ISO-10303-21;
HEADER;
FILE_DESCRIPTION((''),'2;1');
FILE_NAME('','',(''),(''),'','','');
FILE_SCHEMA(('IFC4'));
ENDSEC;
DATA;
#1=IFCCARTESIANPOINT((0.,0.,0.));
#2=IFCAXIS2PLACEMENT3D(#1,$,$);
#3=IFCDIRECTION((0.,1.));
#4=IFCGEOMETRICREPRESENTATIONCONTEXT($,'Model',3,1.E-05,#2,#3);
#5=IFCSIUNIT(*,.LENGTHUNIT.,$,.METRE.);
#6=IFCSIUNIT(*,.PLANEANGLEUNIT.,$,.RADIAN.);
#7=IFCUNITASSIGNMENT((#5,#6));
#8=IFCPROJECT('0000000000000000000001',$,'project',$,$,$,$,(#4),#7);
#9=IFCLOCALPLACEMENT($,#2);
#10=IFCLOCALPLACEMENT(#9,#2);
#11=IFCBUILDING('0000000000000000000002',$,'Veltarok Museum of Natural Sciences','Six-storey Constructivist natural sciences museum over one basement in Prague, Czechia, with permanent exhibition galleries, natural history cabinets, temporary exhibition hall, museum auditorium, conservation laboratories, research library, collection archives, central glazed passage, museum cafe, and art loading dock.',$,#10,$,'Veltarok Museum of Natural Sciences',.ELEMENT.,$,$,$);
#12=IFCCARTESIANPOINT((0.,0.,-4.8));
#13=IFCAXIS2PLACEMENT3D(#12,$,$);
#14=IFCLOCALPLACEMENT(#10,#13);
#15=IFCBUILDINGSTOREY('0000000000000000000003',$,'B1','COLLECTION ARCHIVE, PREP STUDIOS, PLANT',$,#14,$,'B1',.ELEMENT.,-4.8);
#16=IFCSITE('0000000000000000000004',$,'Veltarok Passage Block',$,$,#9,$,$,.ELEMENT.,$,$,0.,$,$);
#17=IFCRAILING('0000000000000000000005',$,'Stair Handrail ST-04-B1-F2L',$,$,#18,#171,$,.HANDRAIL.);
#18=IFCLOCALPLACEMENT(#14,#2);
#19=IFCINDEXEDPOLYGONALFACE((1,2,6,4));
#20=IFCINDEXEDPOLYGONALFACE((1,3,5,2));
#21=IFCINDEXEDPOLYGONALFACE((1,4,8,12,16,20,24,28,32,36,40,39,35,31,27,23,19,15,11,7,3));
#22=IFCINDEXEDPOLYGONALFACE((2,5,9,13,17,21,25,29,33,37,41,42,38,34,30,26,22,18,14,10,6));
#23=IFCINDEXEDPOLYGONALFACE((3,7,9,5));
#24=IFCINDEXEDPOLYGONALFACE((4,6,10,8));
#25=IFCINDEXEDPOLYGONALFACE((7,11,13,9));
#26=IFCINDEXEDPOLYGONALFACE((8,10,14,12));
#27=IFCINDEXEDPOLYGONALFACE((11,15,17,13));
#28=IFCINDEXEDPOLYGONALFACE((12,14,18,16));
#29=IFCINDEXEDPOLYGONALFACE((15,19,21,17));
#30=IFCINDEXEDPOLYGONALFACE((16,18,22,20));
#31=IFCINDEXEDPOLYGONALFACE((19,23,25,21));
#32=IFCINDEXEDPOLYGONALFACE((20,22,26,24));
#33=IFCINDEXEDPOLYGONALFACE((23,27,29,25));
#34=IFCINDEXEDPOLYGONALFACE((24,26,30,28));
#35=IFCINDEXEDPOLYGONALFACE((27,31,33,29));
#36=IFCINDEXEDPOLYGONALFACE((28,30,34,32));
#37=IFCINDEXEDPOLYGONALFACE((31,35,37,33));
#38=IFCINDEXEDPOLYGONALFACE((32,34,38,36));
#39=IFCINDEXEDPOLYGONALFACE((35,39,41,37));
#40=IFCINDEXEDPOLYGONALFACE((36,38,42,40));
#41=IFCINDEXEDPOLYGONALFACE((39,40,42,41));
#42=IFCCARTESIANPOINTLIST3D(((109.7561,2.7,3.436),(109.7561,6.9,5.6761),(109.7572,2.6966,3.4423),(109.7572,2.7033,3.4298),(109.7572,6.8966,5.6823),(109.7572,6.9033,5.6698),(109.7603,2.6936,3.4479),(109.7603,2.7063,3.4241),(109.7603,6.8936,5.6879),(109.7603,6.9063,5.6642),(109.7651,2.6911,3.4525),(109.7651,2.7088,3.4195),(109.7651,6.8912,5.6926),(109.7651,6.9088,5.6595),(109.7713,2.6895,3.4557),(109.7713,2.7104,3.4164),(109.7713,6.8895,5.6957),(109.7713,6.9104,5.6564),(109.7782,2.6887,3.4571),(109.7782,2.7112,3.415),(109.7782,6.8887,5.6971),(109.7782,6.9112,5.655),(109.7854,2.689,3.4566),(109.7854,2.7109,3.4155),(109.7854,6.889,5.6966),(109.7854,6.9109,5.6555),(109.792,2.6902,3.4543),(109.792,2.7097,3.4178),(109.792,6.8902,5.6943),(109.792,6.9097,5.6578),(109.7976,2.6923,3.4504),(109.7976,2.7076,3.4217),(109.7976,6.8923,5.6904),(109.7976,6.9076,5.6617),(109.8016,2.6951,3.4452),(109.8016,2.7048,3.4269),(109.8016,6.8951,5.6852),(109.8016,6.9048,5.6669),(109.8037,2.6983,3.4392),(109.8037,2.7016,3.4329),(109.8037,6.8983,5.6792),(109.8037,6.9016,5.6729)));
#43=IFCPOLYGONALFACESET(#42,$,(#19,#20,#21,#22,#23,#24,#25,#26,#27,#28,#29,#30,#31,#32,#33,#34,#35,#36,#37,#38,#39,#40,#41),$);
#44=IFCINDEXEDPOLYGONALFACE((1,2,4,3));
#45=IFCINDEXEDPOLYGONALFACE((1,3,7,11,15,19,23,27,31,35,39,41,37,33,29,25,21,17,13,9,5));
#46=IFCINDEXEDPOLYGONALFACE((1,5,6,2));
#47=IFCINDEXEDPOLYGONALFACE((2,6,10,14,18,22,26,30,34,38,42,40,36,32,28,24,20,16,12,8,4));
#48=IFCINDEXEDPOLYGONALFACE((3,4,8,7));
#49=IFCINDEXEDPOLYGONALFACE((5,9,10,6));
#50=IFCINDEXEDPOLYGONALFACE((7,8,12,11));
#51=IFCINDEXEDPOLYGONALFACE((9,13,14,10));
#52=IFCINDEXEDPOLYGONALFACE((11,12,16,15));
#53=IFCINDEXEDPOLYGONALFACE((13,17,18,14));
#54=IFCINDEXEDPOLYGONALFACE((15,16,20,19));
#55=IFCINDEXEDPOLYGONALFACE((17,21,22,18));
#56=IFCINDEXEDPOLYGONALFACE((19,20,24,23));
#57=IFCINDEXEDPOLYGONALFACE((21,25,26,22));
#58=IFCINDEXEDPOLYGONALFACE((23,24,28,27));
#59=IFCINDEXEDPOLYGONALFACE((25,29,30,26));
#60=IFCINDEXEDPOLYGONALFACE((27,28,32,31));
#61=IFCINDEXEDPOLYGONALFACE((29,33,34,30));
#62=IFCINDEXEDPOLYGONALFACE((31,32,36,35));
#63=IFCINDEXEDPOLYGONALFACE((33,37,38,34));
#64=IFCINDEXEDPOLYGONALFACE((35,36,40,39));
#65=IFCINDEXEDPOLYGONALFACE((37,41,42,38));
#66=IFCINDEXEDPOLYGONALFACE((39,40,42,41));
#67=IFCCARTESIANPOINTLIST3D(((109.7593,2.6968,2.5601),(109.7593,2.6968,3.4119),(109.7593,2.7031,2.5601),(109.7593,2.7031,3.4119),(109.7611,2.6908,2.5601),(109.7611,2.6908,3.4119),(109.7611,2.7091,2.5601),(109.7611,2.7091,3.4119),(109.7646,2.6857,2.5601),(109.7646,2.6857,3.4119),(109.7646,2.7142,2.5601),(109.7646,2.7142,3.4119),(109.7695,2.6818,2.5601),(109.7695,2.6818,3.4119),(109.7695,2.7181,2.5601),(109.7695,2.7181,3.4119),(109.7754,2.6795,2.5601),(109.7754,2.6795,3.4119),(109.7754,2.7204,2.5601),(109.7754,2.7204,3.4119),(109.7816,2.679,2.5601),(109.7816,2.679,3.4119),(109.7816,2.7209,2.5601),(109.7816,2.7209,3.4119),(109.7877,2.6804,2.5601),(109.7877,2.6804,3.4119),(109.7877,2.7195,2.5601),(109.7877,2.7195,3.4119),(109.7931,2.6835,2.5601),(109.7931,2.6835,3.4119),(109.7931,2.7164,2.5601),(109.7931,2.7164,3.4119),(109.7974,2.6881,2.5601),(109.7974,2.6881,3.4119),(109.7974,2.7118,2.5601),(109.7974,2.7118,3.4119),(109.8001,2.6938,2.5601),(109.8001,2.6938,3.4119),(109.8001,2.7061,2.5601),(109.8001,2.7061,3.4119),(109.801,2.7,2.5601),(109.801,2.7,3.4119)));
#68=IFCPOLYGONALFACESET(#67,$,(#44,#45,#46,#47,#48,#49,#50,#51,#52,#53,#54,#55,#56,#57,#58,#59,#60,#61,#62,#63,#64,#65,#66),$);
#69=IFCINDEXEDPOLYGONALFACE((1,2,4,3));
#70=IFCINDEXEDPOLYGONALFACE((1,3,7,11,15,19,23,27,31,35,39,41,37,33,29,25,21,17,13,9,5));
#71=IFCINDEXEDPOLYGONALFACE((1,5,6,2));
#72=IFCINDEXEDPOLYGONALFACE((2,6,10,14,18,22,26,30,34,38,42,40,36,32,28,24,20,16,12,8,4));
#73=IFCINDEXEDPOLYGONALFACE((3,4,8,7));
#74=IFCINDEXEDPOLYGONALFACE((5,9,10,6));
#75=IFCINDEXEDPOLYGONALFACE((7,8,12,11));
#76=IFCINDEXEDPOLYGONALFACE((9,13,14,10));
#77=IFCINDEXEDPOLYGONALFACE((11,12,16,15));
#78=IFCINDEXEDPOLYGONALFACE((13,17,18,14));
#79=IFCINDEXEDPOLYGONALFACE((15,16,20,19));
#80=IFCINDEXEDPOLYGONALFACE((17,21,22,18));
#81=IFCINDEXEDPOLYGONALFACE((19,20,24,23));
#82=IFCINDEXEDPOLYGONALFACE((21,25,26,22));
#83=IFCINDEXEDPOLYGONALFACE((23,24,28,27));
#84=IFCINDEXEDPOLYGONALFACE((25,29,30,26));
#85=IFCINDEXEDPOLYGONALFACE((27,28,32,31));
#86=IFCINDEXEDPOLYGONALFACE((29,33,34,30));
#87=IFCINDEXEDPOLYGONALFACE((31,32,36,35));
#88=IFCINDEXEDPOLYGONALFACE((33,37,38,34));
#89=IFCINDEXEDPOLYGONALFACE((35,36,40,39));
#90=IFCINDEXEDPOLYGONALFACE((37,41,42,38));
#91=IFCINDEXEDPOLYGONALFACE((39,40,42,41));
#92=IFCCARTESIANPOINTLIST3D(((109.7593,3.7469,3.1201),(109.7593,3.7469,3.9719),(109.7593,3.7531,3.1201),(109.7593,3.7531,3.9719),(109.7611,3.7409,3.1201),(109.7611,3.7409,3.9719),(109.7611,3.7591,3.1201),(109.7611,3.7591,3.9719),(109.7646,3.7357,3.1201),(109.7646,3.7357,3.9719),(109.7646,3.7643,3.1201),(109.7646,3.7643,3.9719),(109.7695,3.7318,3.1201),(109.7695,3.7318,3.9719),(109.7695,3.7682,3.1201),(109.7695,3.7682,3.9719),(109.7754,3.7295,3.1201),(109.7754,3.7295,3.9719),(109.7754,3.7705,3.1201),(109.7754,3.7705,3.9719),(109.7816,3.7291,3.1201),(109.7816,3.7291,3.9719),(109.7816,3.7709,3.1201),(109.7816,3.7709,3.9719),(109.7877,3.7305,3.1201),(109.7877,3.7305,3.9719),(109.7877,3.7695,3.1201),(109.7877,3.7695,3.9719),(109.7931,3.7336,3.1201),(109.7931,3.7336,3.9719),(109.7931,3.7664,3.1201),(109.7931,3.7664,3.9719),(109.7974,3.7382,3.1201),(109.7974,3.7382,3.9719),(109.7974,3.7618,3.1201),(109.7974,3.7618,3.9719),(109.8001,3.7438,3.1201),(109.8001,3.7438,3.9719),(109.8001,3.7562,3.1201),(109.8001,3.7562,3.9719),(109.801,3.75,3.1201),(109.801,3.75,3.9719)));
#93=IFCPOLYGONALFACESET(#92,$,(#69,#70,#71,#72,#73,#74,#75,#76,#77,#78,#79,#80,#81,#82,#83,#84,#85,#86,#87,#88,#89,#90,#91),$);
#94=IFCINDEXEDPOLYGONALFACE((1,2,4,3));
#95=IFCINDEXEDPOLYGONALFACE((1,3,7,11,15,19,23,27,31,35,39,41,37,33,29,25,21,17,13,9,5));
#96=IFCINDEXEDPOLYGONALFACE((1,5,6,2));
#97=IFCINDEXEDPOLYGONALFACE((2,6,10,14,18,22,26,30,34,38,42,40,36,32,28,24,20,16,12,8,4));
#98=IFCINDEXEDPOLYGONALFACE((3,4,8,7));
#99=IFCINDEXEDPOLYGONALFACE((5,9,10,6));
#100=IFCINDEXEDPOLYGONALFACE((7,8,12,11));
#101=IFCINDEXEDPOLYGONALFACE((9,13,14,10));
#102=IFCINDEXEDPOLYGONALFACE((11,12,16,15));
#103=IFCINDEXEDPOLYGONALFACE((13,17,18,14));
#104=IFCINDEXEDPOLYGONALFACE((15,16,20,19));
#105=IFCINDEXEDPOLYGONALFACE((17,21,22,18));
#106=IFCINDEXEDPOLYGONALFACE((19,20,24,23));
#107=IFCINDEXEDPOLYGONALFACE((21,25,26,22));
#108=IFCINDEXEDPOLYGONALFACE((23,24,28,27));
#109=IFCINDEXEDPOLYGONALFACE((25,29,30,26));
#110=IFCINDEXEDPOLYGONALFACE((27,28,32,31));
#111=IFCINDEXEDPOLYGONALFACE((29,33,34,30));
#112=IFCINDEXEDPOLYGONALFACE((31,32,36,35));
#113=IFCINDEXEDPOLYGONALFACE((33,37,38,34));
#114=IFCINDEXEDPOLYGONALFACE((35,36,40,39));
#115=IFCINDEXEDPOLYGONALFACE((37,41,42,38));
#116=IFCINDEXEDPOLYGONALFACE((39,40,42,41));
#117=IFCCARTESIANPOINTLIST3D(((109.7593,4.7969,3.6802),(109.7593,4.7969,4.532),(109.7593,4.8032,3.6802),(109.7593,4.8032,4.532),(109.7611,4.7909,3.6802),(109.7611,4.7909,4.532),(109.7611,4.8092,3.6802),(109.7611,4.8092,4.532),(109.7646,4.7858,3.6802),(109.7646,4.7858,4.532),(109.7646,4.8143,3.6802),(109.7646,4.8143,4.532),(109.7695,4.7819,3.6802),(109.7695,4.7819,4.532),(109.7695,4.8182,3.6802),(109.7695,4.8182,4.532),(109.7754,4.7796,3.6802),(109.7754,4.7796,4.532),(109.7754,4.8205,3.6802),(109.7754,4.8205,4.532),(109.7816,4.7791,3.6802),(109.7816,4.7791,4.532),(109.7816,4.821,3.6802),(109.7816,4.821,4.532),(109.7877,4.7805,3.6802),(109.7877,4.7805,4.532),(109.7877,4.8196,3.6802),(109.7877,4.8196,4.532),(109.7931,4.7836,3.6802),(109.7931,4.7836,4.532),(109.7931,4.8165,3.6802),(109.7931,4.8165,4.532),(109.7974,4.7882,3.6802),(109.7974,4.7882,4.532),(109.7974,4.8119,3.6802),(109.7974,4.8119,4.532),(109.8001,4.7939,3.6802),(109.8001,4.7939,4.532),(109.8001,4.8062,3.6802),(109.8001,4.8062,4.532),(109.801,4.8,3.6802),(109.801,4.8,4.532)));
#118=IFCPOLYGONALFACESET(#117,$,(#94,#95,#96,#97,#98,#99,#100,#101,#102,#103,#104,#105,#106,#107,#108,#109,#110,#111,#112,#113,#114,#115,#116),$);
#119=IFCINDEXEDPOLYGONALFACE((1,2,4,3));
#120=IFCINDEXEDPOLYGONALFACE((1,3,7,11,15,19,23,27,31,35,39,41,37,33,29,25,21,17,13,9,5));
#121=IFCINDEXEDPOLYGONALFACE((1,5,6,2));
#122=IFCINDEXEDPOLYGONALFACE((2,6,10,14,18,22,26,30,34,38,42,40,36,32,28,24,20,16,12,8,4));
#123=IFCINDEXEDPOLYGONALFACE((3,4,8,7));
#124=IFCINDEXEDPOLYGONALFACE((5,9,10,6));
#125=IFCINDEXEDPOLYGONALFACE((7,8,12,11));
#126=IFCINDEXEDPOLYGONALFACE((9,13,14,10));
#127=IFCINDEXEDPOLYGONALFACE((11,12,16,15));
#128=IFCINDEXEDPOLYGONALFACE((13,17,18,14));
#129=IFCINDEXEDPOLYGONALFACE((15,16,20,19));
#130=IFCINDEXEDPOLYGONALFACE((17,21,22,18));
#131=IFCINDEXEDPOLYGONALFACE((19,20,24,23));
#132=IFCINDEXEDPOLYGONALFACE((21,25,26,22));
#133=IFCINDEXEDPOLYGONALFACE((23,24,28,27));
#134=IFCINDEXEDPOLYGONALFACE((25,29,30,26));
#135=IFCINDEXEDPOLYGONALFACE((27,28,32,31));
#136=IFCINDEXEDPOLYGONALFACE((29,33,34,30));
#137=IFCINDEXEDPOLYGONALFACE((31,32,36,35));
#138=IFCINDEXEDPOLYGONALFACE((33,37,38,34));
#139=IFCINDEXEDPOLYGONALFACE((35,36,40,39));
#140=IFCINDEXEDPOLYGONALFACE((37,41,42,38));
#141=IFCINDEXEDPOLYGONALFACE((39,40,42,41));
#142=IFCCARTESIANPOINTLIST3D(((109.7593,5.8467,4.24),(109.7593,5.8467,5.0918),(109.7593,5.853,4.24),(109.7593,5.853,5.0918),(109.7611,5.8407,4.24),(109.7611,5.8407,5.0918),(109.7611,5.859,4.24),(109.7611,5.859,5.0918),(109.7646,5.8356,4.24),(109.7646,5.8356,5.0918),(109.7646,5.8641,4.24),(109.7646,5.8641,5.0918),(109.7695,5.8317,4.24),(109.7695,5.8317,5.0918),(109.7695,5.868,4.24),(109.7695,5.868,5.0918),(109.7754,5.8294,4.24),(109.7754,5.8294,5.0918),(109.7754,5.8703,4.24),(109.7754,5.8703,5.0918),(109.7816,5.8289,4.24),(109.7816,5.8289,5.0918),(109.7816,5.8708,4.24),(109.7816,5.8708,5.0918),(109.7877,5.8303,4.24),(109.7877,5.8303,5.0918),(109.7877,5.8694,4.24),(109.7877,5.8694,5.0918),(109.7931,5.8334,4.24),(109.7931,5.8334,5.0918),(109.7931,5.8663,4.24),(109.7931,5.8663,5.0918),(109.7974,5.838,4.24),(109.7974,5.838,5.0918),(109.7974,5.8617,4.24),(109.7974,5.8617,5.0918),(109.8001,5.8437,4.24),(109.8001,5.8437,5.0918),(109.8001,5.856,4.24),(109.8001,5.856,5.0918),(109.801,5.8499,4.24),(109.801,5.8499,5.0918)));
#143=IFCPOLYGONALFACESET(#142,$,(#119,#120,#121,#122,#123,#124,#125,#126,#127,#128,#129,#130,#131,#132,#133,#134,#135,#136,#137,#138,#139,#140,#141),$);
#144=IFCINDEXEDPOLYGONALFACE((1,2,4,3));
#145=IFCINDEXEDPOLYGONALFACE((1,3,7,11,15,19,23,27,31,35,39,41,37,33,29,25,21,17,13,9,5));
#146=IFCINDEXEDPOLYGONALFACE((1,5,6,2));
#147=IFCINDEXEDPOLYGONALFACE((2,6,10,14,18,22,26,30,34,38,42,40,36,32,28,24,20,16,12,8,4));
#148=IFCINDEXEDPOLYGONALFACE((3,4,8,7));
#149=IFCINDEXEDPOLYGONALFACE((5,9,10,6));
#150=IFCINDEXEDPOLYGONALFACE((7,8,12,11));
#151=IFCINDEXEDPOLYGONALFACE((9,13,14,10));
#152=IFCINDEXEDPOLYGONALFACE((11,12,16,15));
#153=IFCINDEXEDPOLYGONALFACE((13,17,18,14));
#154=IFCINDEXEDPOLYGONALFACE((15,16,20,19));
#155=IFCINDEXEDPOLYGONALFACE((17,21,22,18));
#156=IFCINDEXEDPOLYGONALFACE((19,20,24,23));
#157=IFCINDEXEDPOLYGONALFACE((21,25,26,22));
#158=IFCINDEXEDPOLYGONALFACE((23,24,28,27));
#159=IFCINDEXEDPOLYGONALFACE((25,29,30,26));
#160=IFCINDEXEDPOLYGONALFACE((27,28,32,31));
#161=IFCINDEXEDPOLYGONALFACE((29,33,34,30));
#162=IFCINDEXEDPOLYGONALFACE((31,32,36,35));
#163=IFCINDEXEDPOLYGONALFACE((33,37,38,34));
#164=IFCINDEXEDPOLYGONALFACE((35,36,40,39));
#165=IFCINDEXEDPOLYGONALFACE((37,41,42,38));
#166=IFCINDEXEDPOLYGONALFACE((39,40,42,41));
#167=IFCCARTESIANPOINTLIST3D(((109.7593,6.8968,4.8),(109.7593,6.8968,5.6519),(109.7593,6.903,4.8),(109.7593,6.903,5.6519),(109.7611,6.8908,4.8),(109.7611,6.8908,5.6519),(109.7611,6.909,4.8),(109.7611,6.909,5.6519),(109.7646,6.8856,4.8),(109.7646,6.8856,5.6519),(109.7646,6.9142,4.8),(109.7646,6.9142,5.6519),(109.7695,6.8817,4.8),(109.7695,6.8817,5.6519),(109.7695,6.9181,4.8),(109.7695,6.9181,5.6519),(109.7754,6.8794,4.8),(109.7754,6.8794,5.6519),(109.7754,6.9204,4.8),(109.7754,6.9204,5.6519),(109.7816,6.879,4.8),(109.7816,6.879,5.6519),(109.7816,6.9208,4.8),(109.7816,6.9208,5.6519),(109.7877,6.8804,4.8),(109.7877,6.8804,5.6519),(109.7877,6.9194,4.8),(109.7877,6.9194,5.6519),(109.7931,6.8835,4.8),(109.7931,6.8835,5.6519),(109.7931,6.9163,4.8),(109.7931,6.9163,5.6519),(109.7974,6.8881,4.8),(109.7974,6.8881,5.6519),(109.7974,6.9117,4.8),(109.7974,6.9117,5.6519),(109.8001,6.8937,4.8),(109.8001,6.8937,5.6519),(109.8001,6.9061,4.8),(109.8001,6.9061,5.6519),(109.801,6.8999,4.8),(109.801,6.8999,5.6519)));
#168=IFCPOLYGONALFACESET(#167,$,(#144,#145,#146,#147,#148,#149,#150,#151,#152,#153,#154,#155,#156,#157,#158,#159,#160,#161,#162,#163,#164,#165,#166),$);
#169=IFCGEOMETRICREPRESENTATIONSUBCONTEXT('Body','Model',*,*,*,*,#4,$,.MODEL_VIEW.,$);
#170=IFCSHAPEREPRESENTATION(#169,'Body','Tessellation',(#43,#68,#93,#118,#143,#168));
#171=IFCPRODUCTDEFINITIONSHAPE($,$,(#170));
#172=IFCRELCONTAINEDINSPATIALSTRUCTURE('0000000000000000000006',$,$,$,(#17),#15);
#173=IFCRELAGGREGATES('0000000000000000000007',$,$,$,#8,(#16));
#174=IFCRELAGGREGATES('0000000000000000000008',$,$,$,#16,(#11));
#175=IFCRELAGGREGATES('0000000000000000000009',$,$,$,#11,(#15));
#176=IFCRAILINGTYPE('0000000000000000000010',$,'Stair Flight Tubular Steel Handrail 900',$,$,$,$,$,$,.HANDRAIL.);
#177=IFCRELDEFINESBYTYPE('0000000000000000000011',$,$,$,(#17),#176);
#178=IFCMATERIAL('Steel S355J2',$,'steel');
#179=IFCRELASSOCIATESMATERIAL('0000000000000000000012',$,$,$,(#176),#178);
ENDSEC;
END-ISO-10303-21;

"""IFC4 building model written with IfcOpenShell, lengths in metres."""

from ifc_helpers import new_model, si_unit, direction, frame, origin, origin_2d, place, context, subcontext, project, spatial, circle, extrude, material, type_object, element, save


model = new_model("IFC4")

# Units and contexts
model_context = context("Model", 3, precision=1e-05, world=origin(), true_north=direction((0.0, 1.0)))
body_context = subcontext(model_context, "Body", "Model", "MODEL_VIEW")
ifc_project = project(units=[si_unit("LENGTHUNIT", "METRE"), si_unit("PLANEANGLEUNIT", "RADIAN")], contexts=[model_context])

# Site, building, storey
site_placement = place(None, origin())
site = spatial("IfcSite", under=ifc_project, at=site_placement, Name="Veltarok Passage Block", CompositionType="ELEMENT", RefElevation=0.0)
building_placement = place(site_placement, origin())
building = spatial("IfcBuilding", under=site, at=building_placement, Name="Veltarok Museum of Natural Sciences", Description="Six-storey Constructivist natural sciences museum over one basement in Prague, Czechia, with permanent exhibition galleries, natural history cabinets, temporary exhibition hall, museum auditorium, conservation laboratories, research library, collection archives, central glazed passage, museum cafe, and art loading dock.", LongName="Veltarok Museum of Natural Sciences", CompositionType="ELEMENT")
storey_placement = place(building_placement, frame((0.0, 0.0, -4.8)))
storey = spatial("IfcBuildingStorey", under=building, at=storey_placement, Name="B1", Description="COLLECTION ARCHIVE, PREP STUDIOS, PLANT", LongName="B1", CompositionType="ELEMENT", Elevation=-4.8)

# Shared definitions
ifc_material_1 = material(Name="Steel S355J2", Category="steel")

# Railing
railing_type_1 = type_object("IfcRailingType", Name="Stair Flight Tubular Steel Handrail 900", PredefinedType="HANDRAIL", material=ifc_material_1)
for number, where, name in (
    (1, (109.78, 2.7, 2.5601), "Stair Handrail ST-04-B1-F2L"),
):
    element("IfcRailing", number, at=place(storey_placement, frame(where)), inside=storey, type_object=railing_type_1, Name=name, PredefinedType="HANDRAIL", context=body_context, shape_type="SweptSolid", body=[
        extrude(circle(Radius=0.0239, at=origin_2d()), frame((0.0, 0.0, 0.876), z_axis=(0.0, 0.882352, 0.470591), x_axis=(-1.0, 0.0, 0.0)), (0.0, 0.0, 1.0), 4.76),
        extrude(circle(Radius=0.021, at=origin_2d()), origin(), (0.0, 0.0, 1.0), 0.8518),
        extrude(circle(Radius=0.021, at=origin_2d()), frame((0.0, 1.05, 0.5601)), (0.0, 0.0, 1.0), 0.8518),
        extrude(circle(Radius=0.021, at=origin_2d()), frame((0.0, 2.1001, 1.1201)), (0.0, 0.0, 1.0), 0.8518),
        extrude(circle(Radius=0.021, at=origin_2d()), frame((0.0, 3.1499, 1.6799)), (0.0, 0.0, 1.0), 0.8518),
        extrude(circle(Radius=0.021, at=origin_2d()), frame((0.0, 4.2, 2.24)), (0.0, 0.0, 1.0), 0.8518),
    ])

save(model, "model.ifc")
